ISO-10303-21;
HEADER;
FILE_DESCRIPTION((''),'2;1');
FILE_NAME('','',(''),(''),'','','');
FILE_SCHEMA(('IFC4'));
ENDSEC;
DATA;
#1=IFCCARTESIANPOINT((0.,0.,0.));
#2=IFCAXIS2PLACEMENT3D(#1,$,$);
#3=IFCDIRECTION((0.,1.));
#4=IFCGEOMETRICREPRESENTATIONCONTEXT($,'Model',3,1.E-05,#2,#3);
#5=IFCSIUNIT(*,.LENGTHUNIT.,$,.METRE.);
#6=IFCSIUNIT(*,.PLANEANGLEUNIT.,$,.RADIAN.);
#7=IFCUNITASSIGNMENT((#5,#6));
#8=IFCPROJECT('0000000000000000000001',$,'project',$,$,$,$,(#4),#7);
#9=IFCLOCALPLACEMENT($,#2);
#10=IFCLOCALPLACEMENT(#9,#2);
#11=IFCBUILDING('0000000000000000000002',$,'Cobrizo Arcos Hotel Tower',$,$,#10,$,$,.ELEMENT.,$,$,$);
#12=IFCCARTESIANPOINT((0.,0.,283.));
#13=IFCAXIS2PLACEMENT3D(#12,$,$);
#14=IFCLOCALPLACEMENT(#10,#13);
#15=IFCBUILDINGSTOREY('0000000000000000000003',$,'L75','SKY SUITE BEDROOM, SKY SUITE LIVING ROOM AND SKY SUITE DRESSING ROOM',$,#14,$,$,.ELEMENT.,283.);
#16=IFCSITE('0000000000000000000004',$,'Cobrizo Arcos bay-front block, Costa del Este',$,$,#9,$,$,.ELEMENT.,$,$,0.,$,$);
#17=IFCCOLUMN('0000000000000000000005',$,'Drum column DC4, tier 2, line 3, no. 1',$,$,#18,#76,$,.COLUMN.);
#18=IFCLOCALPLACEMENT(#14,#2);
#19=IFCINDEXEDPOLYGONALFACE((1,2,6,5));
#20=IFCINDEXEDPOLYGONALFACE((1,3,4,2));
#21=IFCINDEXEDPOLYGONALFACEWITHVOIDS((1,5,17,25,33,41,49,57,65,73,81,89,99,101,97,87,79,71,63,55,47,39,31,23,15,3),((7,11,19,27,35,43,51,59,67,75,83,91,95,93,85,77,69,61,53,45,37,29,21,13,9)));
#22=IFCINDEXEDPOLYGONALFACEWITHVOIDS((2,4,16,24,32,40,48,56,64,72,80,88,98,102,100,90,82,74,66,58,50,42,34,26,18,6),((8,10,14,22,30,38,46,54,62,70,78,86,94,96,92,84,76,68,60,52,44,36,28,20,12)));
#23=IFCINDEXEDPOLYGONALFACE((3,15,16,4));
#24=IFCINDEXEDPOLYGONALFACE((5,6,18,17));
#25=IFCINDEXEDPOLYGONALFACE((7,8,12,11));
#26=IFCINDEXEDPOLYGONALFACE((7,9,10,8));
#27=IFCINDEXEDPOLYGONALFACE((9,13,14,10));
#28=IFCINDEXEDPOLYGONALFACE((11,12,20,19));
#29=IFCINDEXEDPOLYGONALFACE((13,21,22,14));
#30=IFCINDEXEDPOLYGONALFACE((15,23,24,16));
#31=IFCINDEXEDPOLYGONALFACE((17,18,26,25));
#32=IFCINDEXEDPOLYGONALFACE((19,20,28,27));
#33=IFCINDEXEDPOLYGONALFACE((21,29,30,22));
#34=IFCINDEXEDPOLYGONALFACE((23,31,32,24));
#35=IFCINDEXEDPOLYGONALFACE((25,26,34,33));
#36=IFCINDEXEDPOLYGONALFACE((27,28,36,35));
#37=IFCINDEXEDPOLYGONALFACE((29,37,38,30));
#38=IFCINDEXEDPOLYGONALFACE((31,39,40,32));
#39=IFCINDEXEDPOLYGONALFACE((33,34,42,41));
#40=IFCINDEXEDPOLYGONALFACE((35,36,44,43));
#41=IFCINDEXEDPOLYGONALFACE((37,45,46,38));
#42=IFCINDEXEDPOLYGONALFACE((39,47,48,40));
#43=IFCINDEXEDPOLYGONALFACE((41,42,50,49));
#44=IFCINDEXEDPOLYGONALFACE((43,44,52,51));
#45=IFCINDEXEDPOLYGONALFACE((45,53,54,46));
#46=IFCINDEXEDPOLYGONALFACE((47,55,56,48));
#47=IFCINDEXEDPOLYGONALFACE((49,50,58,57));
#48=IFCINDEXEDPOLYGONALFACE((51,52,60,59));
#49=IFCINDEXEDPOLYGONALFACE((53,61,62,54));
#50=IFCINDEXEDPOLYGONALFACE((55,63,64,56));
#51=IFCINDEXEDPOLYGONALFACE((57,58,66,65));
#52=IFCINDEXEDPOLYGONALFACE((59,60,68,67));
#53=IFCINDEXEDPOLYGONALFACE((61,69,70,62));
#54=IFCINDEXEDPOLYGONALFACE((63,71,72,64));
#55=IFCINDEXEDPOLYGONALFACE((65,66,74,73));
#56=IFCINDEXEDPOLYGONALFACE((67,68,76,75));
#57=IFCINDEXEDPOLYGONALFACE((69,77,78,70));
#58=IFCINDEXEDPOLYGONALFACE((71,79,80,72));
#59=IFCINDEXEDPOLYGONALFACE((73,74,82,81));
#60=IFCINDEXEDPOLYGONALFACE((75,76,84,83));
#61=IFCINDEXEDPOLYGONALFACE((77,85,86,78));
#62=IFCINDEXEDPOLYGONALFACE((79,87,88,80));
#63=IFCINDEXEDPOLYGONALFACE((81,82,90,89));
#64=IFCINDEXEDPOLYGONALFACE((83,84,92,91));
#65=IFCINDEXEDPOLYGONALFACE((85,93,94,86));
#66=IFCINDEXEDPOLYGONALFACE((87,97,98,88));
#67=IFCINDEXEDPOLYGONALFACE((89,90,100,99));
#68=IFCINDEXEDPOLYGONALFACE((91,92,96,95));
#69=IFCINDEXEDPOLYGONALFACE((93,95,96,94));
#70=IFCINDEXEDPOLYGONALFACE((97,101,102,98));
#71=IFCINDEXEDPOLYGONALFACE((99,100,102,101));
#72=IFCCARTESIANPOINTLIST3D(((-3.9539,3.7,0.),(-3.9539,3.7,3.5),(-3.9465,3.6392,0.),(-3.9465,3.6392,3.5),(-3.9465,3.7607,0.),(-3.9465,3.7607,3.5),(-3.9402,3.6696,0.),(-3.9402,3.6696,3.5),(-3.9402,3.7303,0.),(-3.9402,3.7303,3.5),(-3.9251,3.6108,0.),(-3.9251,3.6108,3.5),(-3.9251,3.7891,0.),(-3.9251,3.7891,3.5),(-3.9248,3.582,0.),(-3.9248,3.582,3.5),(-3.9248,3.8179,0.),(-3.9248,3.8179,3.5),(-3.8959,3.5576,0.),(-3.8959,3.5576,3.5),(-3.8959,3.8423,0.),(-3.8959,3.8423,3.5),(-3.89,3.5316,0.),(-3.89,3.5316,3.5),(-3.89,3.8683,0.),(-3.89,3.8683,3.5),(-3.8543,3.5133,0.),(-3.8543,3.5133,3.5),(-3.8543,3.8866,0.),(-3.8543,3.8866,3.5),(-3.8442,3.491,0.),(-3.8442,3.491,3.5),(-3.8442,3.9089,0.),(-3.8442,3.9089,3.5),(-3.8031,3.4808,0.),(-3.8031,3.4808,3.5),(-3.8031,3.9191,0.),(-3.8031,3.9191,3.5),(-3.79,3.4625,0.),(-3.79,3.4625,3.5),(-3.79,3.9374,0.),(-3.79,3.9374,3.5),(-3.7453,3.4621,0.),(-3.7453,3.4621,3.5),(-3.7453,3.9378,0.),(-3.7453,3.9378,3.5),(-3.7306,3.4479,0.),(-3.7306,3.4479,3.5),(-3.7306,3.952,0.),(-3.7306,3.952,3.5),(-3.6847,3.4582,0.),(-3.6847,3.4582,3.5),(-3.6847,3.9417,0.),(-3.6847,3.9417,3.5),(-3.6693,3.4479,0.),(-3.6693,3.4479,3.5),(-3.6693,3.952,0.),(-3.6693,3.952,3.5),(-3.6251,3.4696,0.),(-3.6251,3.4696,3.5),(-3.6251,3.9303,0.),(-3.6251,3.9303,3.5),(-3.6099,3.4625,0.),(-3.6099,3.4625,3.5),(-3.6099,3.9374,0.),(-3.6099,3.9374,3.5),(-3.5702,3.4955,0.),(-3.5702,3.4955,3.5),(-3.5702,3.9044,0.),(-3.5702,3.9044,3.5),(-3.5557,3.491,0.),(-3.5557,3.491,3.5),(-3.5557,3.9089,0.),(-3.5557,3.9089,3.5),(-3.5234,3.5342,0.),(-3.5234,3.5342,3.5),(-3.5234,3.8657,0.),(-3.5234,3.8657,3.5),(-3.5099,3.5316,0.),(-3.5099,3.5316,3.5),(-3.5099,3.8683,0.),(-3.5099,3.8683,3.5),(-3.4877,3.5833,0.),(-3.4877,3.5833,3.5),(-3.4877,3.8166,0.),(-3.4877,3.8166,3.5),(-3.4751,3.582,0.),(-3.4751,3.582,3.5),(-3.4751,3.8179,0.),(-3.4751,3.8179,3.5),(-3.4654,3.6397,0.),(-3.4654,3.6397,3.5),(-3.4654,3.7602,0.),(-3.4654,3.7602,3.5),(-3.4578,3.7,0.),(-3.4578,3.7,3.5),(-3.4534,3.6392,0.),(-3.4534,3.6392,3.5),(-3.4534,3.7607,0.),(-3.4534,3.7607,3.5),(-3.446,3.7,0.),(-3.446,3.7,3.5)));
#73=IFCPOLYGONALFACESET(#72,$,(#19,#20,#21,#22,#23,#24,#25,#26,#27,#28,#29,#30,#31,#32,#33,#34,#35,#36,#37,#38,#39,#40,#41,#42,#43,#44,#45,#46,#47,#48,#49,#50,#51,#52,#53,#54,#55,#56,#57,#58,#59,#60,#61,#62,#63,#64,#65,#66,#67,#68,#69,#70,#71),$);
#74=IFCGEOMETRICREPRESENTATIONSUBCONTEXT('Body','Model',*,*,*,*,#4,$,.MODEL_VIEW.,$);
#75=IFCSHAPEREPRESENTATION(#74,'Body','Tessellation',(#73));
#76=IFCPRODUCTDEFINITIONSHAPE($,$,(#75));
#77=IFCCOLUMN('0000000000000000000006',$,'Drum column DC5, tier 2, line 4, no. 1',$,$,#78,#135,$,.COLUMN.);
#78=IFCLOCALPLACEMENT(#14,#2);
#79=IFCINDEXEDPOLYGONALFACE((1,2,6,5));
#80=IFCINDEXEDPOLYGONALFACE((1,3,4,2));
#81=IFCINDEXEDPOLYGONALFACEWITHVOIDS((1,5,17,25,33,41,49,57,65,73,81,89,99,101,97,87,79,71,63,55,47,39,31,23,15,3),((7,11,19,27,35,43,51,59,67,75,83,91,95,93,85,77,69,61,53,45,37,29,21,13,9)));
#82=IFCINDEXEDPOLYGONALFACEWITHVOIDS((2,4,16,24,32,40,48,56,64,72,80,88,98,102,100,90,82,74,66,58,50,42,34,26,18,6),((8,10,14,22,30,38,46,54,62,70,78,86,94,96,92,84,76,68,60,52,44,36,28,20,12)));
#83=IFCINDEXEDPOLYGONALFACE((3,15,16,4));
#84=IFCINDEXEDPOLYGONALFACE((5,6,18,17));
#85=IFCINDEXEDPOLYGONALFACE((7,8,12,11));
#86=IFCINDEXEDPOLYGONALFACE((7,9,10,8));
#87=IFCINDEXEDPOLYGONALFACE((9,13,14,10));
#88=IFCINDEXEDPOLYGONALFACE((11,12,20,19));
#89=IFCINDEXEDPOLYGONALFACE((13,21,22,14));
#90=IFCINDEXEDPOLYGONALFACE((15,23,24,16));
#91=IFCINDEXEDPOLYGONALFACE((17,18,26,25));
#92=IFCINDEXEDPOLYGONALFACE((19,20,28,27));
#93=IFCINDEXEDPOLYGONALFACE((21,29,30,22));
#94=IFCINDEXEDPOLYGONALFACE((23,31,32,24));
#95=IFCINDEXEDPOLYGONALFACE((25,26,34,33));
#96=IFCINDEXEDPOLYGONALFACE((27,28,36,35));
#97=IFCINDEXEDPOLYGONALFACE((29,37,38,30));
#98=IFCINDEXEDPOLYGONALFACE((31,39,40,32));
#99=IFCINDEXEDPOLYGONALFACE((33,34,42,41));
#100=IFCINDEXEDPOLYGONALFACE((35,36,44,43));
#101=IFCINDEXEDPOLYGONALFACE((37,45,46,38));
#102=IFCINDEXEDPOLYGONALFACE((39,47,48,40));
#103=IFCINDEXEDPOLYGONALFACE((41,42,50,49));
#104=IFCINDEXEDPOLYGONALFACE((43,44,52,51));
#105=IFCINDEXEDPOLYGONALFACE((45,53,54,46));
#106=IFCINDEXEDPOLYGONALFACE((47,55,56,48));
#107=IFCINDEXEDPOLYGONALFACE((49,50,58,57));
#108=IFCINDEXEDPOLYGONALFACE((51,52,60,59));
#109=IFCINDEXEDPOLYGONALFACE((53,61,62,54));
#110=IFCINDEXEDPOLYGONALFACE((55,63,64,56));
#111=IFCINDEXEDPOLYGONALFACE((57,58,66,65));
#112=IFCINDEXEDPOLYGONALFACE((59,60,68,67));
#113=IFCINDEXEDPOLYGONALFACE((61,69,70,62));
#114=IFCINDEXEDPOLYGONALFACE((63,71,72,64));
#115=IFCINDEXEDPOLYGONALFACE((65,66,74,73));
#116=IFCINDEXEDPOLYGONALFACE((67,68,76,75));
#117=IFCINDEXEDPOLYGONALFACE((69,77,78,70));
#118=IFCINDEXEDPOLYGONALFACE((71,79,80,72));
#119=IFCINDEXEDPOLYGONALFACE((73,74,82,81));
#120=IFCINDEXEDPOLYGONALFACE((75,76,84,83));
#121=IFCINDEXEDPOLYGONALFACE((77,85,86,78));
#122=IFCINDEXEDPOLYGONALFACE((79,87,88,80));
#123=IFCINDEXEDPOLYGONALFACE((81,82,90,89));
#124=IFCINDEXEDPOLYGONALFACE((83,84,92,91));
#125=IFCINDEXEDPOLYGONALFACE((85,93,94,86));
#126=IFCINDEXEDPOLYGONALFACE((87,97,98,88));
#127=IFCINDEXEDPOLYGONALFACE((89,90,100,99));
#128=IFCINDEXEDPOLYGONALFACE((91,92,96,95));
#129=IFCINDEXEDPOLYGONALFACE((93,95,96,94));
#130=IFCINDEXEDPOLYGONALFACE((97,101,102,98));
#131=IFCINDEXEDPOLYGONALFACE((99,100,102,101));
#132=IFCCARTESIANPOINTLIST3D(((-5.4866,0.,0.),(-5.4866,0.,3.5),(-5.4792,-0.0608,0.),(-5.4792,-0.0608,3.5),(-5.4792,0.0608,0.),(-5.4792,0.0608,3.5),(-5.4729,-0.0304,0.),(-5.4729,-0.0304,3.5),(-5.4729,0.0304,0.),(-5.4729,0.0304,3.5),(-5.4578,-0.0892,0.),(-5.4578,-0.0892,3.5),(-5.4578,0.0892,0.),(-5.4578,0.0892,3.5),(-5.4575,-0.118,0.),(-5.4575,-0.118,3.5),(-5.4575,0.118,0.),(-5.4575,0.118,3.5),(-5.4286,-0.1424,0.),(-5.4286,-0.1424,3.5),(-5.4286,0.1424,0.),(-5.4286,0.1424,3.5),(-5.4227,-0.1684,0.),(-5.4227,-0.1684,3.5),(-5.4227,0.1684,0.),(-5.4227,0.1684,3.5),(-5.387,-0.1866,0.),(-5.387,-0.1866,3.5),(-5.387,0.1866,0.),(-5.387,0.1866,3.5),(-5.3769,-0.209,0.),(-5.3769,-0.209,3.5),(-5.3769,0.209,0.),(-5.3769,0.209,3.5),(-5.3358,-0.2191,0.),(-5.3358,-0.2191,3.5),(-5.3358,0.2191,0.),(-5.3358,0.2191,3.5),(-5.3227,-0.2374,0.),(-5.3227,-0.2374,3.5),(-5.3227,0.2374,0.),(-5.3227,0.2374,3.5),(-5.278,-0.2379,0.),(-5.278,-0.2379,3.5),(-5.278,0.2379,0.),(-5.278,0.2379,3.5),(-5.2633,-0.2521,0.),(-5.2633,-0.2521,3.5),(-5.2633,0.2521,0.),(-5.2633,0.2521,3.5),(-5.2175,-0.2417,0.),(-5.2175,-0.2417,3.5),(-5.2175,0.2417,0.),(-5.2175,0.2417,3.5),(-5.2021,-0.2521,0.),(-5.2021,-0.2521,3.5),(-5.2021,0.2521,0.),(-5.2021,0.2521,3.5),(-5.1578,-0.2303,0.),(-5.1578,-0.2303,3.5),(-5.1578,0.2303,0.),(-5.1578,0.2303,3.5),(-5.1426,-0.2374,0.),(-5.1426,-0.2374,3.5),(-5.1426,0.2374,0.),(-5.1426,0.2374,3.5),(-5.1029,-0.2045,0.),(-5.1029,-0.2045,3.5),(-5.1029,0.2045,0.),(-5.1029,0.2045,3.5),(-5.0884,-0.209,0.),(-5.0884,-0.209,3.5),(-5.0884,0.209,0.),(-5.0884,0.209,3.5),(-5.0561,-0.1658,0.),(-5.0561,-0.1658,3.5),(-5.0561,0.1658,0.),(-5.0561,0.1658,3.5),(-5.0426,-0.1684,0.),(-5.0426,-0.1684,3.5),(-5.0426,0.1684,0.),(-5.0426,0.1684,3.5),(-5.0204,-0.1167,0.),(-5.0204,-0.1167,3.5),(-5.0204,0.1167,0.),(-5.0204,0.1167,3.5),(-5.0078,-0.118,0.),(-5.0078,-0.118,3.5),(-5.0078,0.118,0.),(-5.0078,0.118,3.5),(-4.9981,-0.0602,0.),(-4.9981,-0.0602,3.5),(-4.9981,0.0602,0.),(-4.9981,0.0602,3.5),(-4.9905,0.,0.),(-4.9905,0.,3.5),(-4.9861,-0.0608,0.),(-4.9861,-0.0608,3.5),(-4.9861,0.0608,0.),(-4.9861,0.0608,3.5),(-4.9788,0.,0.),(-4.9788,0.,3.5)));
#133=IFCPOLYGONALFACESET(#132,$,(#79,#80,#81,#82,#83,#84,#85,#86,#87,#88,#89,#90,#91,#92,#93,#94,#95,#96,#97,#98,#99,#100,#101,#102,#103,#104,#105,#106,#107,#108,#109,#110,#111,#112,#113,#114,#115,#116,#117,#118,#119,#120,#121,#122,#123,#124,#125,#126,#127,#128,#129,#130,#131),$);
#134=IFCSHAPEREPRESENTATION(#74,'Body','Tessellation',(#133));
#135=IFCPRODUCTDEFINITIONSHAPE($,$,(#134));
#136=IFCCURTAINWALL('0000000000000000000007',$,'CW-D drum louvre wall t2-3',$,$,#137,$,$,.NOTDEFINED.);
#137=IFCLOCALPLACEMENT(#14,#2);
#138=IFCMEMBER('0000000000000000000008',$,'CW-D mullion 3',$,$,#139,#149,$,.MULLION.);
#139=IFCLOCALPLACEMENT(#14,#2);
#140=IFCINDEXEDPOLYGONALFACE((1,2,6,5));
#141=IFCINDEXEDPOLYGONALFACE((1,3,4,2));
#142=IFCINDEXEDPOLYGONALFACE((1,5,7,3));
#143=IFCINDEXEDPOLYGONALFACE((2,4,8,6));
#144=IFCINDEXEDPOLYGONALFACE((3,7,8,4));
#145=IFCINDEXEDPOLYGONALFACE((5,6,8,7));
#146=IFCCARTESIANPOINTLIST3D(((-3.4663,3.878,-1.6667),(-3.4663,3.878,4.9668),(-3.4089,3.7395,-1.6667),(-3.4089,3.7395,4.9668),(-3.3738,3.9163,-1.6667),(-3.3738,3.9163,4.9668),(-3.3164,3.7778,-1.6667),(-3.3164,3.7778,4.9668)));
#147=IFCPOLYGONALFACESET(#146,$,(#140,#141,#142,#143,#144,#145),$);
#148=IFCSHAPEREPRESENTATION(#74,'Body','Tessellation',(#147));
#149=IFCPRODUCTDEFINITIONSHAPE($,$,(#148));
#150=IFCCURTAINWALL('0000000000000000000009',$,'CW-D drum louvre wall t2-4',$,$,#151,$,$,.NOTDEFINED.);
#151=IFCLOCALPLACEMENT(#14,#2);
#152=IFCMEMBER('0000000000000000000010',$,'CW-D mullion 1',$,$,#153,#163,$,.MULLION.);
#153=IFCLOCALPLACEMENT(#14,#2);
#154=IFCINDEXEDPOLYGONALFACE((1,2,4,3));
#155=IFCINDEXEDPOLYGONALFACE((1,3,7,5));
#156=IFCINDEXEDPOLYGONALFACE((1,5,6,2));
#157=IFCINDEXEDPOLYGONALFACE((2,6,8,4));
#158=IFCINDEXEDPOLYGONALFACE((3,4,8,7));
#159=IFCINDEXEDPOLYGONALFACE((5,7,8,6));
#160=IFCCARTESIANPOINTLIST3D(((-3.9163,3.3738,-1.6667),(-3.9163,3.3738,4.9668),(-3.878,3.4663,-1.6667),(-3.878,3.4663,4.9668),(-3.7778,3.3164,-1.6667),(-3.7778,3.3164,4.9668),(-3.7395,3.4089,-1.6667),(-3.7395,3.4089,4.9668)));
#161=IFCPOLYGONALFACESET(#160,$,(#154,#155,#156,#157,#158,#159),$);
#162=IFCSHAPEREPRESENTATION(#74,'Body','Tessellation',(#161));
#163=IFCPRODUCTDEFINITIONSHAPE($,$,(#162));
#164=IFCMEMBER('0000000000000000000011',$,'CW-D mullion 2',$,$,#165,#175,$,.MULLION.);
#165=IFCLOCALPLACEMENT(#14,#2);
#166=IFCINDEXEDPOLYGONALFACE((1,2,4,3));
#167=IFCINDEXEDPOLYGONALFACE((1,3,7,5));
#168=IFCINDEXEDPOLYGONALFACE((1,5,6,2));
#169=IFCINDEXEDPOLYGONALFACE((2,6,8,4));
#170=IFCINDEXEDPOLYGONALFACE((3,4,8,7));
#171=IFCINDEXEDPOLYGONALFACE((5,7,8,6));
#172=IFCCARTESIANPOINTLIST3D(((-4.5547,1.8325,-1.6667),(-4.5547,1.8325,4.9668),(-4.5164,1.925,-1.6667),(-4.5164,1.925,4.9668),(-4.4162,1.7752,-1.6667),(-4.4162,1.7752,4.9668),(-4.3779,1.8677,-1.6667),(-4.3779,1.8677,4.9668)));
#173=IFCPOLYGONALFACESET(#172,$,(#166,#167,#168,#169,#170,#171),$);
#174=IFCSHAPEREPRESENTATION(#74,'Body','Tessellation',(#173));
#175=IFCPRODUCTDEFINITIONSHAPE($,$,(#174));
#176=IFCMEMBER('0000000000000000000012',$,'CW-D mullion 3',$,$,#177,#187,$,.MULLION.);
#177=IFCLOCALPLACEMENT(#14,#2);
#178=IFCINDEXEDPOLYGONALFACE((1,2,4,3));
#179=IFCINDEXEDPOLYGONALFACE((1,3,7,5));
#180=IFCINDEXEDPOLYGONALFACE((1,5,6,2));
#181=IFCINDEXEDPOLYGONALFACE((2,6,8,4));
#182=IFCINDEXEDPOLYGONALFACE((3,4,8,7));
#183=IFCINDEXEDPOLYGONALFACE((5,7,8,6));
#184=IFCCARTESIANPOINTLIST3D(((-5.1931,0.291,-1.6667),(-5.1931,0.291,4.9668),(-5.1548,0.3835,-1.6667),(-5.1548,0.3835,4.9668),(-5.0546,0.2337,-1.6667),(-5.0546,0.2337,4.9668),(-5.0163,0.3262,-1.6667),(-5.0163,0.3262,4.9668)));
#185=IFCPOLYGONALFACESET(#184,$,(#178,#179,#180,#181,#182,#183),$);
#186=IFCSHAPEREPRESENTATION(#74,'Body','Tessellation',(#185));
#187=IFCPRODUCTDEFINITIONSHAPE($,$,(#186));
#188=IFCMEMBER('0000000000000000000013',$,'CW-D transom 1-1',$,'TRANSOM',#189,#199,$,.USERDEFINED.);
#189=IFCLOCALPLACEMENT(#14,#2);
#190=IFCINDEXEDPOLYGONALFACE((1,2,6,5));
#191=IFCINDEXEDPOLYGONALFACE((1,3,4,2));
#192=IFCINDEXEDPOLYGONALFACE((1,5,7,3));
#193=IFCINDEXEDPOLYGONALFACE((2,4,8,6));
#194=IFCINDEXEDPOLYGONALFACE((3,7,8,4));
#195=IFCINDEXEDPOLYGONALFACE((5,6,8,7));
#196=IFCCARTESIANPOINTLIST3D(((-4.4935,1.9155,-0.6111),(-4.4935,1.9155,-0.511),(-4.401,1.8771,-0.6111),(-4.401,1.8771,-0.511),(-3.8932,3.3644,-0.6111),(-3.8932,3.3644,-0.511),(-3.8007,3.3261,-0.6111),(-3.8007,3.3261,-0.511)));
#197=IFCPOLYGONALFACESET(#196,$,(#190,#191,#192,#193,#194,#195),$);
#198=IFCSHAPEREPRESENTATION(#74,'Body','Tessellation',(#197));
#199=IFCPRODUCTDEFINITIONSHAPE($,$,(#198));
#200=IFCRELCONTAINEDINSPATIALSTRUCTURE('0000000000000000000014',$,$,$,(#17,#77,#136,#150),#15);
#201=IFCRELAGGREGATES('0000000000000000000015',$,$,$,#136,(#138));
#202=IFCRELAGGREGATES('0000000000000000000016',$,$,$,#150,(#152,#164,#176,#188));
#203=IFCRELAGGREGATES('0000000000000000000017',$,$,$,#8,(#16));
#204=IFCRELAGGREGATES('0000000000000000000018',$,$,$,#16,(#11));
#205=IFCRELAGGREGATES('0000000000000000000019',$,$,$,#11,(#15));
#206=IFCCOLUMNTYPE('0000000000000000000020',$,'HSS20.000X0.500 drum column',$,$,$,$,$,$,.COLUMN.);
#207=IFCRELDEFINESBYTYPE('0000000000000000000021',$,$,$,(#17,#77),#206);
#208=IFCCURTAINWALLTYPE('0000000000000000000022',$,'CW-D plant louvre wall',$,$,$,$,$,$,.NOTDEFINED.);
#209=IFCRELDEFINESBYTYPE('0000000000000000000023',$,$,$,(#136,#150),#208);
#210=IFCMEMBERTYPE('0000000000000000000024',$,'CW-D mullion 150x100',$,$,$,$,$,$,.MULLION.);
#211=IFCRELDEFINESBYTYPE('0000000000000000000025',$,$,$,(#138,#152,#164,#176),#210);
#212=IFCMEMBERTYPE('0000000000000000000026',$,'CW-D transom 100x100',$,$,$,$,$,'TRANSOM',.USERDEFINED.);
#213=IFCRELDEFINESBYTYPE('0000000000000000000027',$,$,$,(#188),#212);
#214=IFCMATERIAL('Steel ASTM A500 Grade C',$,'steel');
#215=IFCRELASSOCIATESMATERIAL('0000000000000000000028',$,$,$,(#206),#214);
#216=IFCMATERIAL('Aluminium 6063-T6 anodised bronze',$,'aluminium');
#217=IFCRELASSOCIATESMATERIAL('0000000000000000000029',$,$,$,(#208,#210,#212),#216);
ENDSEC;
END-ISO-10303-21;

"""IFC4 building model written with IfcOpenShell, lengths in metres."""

from ifc_helpers import new_model, si_unit, direction, frame, origin, origin_2d, place, context, subcontext, project, spatial, rectangle, hollow_circle, extrude, material, material_profile, profile_set, type_object, element, aggregate, save


model = new_model("IFC4")

# Units and contexts
model_context = context("Model", 3, precision=1e-05, world=origin(), true_north=direction((0.0, 1.0)))
body_context = subcontext(model_context, "Body", "Model", "MODEL_VIEW")
ifc_project = project(units=[si_unit("LENGTHUNIT", "METRE"), si_unit("PLANEANGLEUNIT", "RADIAN")], contexts=[model_context])

# Site, building, storey
site_placement = place(None, origin())
site = spatial("IfcSite", under=ifc_project, at=site_placement, Name="Cobrizo Arcos bay-front block, Costa del Este", CompositionType="ELEMENT", RefElevation=0.0)
building_placement = place(site_placement, origin())
building = spatial("IfcBuilding", under=site, at=building_placement, Name="Cobrizo Arcos Hotel Tower", CompositionType="ELEMENT")
storey_placement = place(building_placement, frame((0.0, 0.0, 283.0)))
storey = spatial("IfcBuildingStorey", under=building, at=storey_placement, Name="L75", Description="SKY SUITE BEDROOM, SKY SUITE LIVING ROOM AND SKY SUITE DRESSING ROOM", CompositionType="ELEMENT", Elevation=283.0)

# Columns
ifc_material_1 = material(Name="Steel ASTM A500 Grade C", Category="steel")
ifc_material_profile_1 = material_profile(ifc_material_1, hollow_circle(Radius=0.2539, WallThickness=0.0117, at=origin_2d()), Name="HSS20.000X0.500")
ifc_profile_set_1 = profile_set([ifc_material_profile_1], Name="Steel ASTM A500 Grade C")
column_type = type_object("IfcColumnType", Name="HSS20.000X0.500 drum column", PredefinedType="COLUMN", material=ifc_profile_set_1)
for number, where, z_axis, x_axis, name in (
    (1, (-3.7, 3.7, 0.0), (0.0, 0.0, 1.0), (1.0, 0.0, 0.0), "Drum column DC4, tier 2, line 3, no. 1"),
    (2, (-5.2327, 0.0, 0.0), (0.0, 0.0, 1.0), (1.0, 0.0, 0.0), "Drum column DC5, tier 2, line 4, no. 1"),
):
    element("IfcColumn", number, at=place(storey_placement, frame(where, z_axis=z_axis, x_axis=x_axis)), inside=storey, type_object=column_type, Name=name, PredefinedType="COLUMN", context=body_context, shape_type="SweptSolid", body=[
        extrude(hollow_circle(Radius=0.2539, WallThickness=0.0117, at=origin_2d()), origin(), (0.0, 0.0, 1.0), 3.5),
    ])

# Curtain wall, member
ifc_material_2 = material(Name="Aluminium 6063-T6 anodised bronze", Category="aluminium")
curtain_wall_type = type_object("IfcCurtainWallType", Name="CW-D plant louvre wall", PredefinedType="NOTDEFINED", material=ifc_material_2)
curtain_wall_1_placement = place(storey_placement, origin())
curtain_wall_1 = element("IfcCurtainWall", 3, at=curtain_wall_1_placement, inside=storey, type_object=curtain_wall_type, Name="CW-D drum louvre wall t2-3", PredefinedType="NOTDEFINED")
ifc_material_profile_2 = material_profile(ifc_material_2, rectangle(XDim=0.1499, YDim=0.1001, at=origin_2d()), Name="CW-D mullion 150x100")
ifc_profile_set_2 = profile_set([ifc_material_profile_2], Name="Aluminium 6063-T6 anodised bronze")
member_type_1 = type_object("IfcMemberType", Name="CW-D mullion 150x100", PredefinedType="MULLION", material=ifc_profile_set_2)
member_1_placement = place(storey_placement, frame((-3.3914, 3.8279, -1.6667), z_axis=(0.0, 0.0, 1.0), x_axis=(-0.382683, 0.92388, 0.0)))
member_1 = element("IfcMember", 4, at=member_1_placement, type_object=member_type_1, Name="CW-D mullion 3", PredefinedType="MULLION", context=body_context, shape_type="SweptSolid", body=[
    extrude(rectangle(XDim=0.1499, YDim=0.1001, at=origin_2d()), origin(), (0.0, 0.0, 1.0), 6.6335),
])

# Curtain wall, members
curtain_wall_2_placement = place(storey_placement, origin())
curtain_wall_2 = element("IfcCurtainWall", 5, at=curtain_wall_2_placement, inside=storey, type_object=curtain_wall_type, Name="CW-D drum louvre wall t2-4", PredefinedType="NOTDEFINED")
member_2_placement = place(storey_placement, frame((-3.8279, 3.3914, -1.6667), z_axis=(0.0, 0.0, 1.0), x_axis=(-0.92388, 0.382683, 0.0)))
member_2 = element("IfcMember", 6, at=member_2_placement, type_object=member_type_1, Name="CW-D mullion 1", PredefinedType="MULLION", context=body_context, shape_type="SweptSolid", body=[
    extrude(rectangle(XDim=0.1499, YDim=0.1001, at=origin_2d()), origin(), (0.0, 0.0, 1.0), 6.6335),
])
member_3_placement = place(storey_placement, frame((-4.4663, 1.8501, -1.6667), z_axis=(0.0, 0.0, 1.0), x_axis=(-0.92388, 0.382683, 0.0)))
member_3 = element("IfcMember", 7, at=member_3_placement, type_object=member_type_1, Name="CW-D mullion 2", PredefinedType="MULLION", context=body_context, shape_type="SweptSolid", body=[
    extrude(rectangle(XDim=0.1499, YDim=0.1001, at=origin_2d()), origin(), (0.0, 0.0, 1.0), 6.6335),
])
member_4_placement = place(storey_placement, frame((-5.1047, 0.3086, -1.6667), z_axis=(0.0, 0.0, 1.0), x_axis=(-0.92388, 0.382683, 0.0)))
member_4 = element("IfcMember", 8, at=member_4_placement, type_object=member_type_1, Name="CW-D mullion 3", PredefinedType="MULLION", context=body_context, shape_type="SweptSolid", body=[
    extrude(rectangle(XDim=0.1499, YDim=0.1001, at=origin_2d()), origin(), (0.0, 0.0, 1.0), 6.6335),
])
ifc_material_profile_3 = material_profile(ifc_material_2, rectangle(XDim=0.1001, YDim=0.1001, at=origin_2d()), Name="CW-D transom 100x100")
ifc_profile_set_3 = profile_set([ifc_material_profile_3], Name="Aluminium 6063-T6 anodised bronze")
member_type_2 = type_object("IfcMemberType", Name="CW-D transom 100x100", ElementType="TRANSOM", PredefinedType="USERDEFINED", material=ifc_profile_set_3)
member_5_placement = place(storey_placement, frame((-3.8469, 3.3452, -0.561), z_axis=(-0.382769, -0.923844, 0.0), x_axis=(0.923844, -0.382769, 0.0)))
member_5 = element("IfcMember", 9, at=member_5_placement, type_object=member_type_2, Name="CW-D transom 1-1", ObjectType="TRANSOM", PredefinedType="USERDEFINED", context=body_context, shape_type="SweptSolid", body=[
    extrude(rectangle(XDim=0.1001, YDim=0.1001, at=origin_2d()), origin(), (0.0, 0.0, 1.0), 1.5684),
])

aggregate(curtain_wall_1, [member_1])
aggregate(curtain_wall_2, [member_2, member_3, member_4, member_5])

save(model, "model.ifc")
